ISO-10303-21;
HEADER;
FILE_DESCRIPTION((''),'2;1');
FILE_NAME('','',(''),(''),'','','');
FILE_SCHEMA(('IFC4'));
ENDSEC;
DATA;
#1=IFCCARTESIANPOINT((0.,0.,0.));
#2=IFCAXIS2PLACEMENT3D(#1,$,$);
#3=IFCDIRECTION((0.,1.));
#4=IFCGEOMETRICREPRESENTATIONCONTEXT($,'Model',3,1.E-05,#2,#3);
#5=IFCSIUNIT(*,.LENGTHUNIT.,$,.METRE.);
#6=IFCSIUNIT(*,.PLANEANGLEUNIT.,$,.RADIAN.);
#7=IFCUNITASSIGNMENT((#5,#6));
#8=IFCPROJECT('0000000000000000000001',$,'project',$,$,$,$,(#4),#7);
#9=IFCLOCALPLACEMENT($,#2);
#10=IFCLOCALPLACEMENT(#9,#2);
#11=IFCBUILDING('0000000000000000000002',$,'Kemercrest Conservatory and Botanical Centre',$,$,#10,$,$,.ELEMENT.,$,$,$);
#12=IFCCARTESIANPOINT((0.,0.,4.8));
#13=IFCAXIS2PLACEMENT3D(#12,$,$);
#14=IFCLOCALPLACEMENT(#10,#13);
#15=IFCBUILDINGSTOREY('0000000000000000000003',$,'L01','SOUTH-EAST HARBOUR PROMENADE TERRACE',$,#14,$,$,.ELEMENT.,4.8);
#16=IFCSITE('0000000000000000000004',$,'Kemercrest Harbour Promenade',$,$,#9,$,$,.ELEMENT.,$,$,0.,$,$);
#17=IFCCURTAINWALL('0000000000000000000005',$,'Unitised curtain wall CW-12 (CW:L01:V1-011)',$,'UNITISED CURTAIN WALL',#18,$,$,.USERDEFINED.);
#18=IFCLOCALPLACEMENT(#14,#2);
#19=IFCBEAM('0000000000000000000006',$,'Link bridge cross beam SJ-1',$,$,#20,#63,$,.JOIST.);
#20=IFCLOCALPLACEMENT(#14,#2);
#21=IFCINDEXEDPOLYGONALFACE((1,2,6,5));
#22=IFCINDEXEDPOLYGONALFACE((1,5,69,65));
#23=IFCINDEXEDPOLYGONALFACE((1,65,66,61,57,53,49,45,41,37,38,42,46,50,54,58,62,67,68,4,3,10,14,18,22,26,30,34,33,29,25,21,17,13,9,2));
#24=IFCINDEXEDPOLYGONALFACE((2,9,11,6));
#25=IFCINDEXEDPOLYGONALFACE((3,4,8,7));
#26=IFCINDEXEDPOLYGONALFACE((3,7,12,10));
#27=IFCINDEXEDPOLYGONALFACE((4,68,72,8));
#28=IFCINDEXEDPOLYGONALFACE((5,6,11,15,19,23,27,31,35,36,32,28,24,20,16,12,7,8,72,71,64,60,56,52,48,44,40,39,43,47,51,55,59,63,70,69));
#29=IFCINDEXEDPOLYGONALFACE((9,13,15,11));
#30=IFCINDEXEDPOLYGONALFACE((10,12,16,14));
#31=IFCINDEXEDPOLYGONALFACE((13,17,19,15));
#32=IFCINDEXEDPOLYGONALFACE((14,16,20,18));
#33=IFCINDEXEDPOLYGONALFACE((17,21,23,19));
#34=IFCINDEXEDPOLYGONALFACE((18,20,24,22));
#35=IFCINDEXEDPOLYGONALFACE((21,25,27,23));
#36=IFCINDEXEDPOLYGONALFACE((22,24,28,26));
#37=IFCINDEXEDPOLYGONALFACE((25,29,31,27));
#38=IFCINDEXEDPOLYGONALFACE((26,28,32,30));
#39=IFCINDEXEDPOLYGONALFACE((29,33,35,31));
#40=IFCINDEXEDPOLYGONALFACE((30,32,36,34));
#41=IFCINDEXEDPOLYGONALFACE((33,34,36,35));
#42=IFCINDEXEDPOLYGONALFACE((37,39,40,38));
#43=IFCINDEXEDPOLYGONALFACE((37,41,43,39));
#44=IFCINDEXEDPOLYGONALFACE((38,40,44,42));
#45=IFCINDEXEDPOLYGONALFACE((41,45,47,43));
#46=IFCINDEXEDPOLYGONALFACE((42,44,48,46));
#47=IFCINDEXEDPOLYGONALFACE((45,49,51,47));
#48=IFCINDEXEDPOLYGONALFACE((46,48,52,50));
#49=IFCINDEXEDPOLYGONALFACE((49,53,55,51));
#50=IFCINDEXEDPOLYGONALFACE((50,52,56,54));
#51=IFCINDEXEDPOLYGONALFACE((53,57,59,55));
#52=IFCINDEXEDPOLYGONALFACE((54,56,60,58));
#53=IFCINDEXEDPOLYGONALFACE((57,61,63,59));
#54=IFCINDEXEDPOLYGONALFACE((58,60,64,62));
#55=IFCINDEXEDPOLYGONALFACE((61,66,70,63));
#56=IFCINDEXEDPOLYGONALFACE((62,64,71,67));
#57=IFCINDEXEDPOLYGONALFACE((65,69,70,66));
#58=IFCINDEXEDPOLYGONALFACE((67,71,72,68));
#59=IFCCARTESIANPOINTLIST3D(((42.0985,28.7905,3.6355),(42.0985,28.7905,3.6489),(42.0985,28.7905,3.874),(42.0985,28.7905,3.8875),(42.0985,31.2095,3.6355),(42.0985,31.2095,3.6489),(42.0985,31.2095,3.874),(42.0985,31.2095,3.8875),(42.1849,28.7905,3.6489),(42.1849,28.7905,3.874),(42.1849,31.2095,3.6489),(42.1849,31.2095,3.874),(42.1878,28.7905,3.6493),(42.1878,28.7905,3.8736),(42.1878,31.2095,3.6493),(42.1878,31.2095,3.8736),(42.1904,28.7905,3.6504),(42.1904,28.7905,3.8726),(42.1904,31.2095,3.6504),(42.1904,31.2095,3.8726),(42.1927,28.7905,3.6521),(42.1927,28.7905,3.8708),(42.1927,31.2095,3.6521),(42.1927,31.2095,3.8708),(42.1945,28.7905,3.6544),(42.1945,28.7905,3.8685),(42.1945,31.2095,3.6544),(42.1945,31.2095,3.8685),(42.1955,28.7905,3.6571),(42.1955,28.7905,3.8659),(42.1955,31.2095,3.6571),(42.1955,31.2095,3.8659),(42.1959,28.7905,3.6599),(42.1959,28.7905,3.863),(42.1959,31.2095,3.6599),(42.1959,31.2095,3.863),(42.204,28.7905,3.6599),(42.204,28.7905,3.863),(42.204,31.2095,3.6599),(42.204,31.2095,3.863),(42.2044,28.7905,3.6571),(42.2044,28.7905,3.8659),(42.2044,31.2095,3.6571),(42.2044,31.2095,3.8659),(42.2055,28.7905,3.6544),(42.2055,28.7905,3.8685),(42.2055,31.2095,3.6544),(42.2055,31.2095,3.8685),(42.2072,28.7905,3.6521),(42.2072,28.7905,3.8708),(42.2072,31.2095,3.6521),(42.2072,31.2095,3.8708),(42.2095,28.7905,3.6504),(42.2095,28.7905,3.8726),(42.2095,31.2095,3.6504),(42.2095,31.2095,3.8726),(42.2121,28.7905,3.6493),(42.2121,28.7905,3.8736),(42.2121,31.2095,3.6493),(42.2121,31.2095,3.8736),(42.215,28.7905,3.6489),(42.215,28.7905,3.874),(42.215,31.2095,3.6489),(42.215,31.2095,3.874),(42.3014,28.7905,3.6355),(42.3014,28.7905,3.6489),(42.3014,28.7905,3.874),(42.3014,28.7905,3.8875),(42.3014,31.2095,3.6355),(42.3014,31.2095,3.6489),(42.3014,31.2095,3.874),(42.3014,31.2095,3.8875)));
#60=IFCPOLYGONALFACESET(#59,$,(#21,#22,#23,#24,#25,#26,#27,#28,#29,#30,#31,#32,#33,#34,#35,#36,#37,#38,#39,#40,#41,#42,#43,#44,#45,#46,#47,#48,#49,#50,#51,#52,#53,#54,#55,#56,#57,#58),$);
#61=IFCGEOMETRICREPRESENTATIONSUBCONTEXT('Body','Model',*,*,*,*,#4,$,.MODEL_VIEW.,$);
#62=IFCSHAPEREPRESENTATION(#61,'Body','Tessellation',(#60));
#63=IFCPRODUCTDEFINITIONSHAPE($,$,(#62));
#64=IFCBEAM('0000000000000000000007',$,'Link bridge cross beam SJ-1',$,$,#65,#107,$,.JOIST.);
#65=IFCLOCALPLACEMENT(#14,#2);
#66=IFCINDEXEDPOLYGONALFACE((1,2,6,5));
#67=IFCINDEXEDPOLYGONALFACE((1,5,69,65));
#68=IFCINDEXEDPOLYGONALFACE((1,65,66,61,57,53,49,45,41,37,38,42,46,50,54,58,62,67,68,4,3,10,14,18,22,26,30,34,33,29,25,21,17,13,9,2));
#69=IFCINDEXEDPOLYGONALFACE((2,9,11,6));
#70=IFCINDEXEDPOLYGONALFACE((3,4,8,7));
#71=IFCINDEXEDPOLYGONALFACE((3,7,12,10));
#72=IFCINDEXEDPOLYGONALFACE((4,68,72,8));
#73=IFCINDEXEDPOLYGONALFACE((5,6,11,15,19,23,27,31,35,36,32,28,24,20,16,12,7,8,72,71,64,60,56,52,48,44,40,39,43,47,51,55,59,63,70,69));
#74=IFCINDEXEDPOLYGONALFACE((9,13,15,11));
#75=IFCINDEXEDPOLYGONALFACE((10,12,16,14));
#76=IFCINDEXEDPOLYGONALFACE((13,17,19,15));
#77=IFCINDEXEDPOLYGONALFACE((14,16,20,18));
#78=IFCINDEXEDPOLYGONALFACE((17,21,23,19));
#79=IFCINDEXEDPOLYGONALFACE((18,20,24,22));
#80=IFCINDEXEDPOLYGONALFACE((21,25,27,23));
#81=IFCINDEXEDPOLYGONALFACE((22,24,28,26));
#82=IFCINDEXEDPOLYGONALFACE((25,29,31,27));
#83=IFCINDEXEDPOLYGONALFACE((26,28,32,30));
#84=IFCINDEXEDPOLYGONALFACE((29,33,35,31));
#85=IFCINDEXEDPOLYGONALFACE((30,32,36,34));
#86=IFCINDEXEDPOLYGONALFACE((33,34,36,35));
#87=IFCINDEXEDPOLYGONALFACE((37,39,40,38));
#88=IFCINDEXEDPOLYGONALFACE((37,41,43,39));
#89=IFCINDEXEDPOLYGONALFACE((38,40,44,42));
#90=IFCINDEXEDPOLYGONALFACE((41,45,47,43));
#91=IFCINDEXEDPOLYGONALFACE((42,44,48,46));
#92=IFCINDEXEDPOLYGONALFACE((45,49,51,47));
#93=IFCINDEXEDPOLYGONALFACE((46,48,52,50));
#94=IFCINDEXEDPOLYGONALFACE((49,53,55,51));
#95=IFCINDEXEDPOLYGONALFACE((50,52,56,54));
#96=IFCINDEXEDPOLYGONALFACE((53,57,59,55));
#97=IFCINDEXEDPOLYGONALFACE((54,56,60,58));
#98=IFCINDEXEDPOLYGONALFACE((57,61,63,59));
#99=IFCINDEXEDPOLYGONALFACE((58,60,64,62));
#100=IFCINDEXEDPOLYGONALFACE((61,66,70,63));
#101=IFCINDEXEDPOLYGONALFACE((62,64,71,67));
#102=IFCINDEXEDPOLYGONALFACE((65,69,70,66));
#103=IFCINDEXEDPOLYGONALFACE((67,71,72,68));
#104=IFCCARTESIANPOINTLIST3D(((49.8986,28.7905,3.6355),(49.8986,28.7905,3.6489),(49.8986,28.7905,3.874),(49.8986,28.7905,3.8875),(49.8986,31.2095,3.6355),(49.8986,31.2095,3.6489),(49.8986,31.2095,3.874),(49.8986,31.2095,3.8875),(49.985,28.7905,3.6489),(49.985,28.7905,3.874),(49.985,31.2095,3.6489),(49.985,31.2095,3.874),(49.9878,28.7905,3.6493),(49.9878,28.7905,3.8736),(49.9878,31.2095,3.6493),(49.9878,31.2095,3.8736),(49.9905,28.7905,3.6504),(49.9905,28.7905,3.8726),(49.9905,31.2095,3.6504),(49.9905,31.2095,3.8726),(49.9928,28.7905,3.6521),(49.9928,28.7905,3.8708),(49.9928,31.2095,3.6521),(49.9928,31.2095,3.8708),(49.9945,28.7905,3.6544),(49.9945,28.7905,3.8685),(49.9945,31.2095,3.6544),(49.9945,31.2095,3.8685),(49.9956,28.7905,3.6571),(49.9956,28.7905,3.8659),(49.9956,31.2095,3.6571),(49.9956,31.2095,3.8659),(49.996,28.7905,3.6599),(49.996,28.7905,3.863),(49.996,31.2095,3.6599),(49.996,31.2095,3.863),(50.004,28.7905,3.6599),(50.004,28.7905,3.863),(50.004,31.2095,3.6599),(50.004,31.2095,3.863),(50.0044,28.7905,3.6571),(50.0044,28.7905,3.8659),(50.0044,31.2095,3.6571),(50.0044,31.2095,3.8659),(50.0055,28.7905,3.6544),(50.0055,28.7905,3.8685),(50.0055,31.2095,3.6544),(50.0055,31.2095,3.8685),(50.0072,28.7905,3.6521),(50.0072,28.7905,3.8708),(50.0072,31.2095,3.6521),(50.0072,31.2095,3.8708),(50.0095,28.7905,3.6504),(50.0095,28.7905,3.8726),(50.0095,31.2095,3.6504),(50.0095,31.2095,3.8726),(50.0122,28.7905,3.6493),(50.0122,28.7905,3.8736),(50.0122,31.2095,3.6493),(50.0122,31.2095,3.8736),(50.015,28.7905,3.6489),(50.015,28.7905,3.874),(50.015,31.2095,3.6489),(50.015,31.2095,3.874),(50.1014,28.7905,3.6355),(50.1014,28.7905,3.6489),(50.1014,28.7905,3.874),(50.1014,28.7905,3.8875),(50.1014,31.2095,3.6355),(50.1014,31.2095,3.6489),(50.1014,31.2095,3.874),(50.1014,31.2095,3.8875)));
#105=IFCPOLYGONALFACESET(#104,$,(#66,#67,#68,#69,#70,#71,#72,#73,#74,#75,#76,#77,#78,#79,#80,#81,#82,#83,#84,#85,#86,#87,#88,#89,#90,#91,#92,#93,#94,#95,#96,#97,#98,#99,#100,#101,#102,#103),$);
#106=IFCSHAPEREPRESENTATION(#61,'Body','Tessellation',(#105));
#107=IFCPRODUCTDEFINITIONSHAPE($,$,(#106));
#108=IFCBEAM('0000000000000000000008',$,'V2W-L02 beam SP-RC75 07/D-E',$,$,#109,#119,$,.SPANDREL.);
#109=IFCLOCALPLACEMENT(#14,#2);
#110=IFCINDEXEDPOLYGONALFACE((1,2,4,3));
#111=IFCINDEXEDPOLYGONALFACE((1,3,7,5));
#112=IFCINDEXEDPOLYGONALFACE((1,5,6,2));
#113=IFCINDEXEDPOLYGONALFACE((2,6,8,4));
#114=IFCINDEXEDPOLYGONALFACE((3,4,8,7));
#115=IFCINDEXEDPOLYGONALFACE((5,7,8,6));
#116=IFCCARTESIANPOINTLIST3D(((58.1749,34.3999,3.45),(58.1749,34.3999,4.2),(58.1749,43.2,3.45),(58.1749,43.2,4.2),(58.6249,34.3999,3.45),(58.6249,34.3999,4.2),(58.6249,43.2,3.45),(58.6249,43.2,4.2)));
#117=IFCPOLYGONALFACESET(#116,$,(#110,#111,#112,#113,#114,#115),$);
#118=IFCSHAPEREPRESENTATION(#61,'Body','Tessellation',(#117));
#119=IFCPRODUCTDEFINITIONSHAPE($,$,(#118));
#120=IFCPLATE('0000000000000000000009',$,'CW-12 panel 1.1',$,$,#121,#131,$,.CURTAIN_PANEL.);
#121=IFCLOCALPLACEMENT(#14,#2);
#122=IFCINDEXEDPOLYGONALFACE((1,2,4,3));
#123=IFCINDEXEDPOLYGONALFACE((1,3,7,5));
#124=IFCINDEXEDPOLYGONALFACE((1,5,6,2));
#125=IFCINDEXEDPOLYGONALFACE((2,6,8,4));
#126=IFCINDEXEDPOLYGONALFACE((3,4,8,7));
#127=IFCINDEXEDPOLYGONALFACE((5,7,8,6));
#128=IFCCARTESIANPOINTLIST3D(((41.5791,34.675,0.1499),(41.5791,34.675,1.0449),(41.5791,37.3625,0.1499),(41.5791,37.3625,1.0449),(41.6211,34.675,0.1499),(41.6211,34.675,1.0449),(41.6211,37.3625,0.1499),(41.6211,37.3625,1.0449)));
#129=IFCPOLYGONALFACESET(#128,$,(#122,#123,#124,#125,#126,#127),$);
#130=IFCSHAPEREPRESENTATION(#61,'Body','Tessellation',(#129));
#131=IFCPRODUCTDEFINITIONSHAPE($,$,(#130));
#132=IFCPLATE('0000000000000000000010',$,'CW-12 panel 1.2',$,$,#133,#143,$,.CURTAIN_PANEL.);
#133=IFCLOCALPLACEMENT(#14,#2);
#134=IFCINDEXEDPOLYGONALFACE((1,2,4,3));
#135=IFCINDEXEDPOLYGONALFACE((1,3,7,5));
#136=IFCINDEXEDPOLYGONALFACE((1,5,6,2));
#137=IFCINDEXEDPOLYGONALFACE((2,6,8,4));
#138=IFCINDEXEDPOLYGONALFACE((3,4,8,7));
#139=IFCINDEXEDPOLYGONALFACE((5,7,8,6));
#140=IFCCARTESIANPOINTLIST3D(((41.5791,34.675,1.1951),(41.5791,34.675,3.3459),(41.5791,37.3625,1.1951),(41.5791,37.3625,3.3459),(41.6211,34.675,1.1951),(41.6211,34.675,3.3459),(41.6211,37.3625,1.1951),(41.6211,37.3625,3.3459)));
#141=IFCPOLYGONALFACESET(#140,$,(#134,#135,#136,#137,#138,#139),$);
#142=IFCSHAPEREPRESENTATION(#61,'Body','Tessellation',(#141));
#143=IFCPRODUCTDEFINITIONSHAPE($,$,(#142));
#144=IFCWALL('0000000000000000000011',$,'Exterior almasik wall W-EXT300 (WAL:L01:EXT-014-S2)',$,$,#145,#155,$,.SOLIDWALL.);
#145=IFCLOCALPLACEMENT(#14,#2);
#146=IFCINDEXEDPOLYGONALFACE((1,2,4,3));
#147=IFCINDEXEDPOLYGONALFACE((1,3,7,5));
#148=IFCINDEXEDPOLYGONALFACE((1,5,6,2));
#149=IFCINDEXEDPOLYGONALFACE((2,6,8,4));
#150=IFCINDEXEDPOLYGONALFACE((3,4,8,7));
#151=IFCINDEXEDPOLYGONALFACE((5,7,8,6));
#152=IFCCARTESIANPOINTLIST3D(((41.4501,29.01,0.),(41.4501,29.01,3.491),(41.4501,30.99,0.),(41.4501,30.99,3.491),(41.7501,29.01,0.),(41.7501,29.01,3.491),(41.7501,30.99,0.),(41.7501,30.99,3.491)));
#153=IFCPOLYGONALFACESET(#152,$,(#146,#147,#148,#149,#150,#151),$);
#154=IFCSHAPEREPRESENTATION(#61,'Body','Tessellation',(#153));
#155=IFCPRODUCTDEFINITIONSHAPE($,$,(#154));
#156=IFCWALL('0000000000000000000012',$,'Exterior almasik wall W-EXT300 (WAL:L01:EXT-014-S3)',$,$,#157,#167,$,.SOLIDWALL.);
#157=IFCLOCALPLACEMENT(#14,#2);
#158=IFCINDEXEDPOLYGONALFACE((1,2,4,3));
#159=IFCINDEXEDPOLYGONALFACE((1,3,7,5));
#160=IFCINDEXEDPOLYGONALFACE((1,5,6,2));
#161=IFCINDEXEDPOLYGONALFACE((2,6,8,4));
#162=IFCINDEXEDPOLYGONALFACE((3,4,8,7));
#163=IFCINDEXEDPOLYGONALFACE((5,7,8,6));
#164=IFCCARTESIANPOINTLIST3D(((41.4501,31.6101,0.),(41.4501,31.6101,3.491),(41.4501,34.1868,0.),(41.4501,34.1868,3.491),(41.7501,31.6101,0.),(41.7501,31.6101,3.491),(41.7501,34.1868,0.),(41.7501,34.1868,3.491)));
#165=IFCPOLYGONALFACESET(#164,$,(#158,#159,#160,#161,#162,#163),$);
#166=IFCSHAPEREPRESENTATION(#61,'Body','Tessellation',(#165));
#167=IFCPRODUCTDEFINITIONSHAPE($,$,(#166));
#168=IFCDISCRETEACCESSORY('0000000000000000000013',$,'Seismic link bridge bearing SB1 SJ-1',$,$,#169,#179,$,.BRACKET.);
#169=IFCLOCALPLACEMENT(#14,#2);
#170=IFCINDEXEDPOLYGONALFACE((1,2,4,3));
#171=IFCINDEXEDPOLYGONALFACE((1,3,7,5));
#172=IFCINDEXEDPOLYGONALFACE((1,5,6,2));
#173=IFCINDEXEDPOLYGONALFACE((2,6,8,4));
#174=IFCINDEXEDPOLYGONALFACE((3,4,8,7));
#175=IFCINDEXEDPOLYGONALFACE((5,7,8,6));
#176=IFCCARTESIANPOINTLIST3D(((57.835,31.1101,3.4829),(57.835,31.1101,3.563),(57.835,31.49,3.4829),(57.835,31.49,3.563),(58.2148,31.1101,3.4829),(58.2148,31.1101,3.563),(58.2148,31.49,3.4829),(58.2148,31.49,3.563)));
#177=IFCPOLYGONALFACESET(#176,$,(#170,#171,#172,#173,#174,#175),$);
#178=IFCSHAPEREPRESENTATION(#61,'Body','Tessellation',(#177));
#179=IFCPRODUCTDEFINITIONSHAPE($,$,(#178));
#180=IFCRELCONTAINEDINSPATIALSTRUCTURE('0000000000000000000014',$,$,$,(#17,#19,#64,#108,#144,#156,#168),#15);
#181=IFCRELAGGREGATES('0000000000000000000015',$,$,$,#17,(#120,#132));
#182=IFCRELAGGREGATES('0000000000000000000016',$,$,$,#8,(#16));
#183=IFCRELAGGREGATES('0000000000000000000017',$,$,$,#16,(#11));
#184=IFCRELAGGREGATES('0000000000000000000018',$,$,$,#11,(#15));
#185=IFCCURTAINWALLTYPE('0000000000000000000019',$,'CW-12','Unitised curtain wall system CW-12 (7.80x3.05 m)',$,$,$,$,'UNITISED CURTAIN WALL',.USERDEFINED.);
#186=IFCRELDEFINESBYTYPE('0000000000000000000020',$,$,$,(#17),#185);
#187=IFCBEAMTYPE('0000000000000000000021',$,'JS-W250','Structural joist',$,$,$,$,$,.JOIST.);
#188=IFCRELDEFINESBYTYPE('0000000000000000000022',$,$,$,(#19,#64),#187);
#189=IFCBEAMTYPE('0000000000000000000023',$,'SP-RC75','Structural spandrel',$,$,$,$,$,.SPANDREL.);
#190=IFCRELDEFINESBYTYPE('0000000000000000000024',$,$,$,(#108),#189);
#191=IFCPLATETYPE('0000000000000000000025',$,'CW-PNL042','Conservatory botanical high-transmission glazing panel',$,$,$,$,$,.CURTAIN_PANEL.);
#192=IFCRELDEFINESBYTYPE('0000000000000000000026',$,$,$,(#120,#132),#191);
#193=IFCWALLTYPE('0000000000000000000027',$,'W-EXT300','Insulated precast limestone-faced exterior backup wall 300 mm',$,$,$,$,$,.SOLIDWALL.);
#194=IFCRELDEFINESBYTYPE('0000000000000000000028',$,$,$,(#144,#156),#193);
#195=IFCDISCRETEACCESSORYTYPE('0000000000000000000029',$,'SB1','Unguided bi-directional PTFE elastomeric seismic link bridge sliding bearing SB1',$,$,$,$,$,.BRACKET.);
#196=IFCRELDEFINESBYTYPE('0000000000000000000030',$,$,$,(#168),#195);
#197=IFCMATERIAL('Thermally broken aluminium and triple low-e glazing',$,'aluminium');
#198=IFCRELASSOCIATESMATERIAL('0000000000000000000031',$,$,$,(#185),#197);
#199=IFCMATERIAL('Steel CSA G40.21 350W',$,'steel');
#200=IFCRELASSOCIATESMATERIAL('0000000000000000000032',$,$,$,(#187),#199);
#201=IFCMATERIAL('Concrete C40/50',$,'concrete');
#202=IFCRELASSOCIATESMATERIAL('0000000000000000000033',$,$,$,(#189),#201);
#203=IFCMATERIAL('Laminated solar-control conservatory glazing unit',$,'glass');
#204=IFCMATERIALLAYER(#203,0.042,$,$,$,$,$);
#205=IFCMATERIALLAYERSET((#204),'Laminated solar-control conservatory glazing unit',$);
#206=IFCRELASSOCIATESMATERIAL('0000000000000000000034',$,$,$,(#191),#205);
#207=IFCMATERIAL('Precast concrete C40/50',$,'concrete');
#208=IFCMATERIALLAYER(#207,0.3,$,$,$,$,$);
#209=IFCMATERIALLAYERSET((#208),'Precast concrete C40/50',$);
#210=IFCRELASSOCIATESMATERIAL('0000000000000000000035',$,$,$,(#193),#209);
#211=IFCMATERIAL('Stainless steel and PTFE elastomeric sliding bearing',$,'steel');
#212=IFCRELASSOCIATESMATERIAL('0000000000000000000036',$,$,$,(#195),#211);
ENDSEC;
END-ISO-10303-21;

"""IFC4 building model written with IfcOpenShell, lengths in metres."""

from ifc_helpers import new_model, si_unit, direction, frame, frame_2d, origin, origin_2d, place, context, subcontext, project, spatial, rectangle, i_section, extrude, material, layer, layer_set, material_profile, profile_set, type_object, element, aggregate, save


model = new_model("IFC4")

# Units and contexts
model_context = context("Model", 3, precision=1e-05, world=origin(), true_north=direction((0.0, 1.0)))
body_context = subcontext(model_context, "Body", "Model", "MODEL_VIEW")
ifc_project = project(units=[si_unit("LENGTHUNIT", "METRE"), si_unit("PLANEANGLEUNIT", "RADIAN")], contexts=[model_context])

# Site, building, storey
site_placement = place(None, origin())
site = spatial("IfcSite", under=ifc_project, at=site_placement, Name="Kemercrest Harbour Promenade", CompositionType="ELEMENT", RefElevation=0.0)
building_placement = place(site_placement, origin())
building = spatial("IfcBuilding", under=site, at=building_placement, Name="Kemercrest Conservatory and Botanical Centre", CompositionType="ELEMENT")
storey_placement = place(building_placement, frame((0.0, 0.0, 4.8)))
storey = spatial("IfcBuildingStorey", under=building, at=storey_placement, Name="L01", Description="SOUTH-EAST HARBOUR PROMENADE TERRACE", CompositionType="ELEMENT", Elevation=4.8)

# Shared definitions
ifc_material_1 = material(Name="Concrete C40/50", Category="concrete")
ifc_material_2 = material(Name="Steel CSA G40.21 350W", Category="steel")

# Curtain wall
ifc_material_3 = material(Name="Thermally broken aluminium and triple low-e glazing", Category="aluminium")
curtain_wall_type = type_object("IfcCurtainWallType", Name="CW-12", Description="Unitised curtain wall system CW-12 (7.80x3.05 m)", ElementType="UNITISED CURTAIN WALL", PredefinedType="USERDEFINED", material=ifc_material_3)
curtain_wall_placement = place(storey_placement, origin())
curtain_wall = element("IfcCurtainWall", 1, at=curtain_wall_placement, inside=storey, type_object=curtain_wall_type, Name="Unitised curtain wall CW-12 (CW:L01:V1-011)", ObjectType="UNITISED CURTAIN WALL", PredefinedType="USERDEFINED")

# Beams
ifc_material_profile_1 = material_profile(ifc_material_2, i_section(OverallWidth=0.2029, OverallDepth=0.252, WebThickness=0.0081, FlangeThickness=0.0134, FilletRadius=0.011, at=origin_2d()), Name="W250X58")
ifc_profile_set_1 = profile_set([ifc_material_profile_1], Name="Steel CSA G40.21 350W")
beam_type_1 = type_object("IfcBeamType", Name="JS-W250", Description="Structural joist", PredefinedType="JOIST", material=ifc_profile_set_1)
for number, where, z_axis, x_axis, name in (
    (2, (42.2, 28.7905, 3.7615), (0.0, 1.0, 0.0), (-1.0, 0.0, 0.0), "Link bridge cross beam SJ-1"),
    (3, (50.0, 28.7905, 3.7615), (0.0, 1.0, 0.0), (-1.0, 0.0, 0.0), "Link bridge cross beam SJ-1"),
):
    element("IfcBeam", number, at=place(storey_placement, frame(where, z_axis=z_axis, x_axis=x_axis)), inside=storey, type_object=beam_type_1, Name=name, PredefinedType="JOIST", context=body_context, shape_type="SweptSolid", body=[
        extrude(i_section(OverallWidth=0.2029, OverallDepth=0.252, WebThickness=0.0081, FlangeThickness=0.0134, FilletRadius=0.011, at=origin_2d()), origin(), (0.0, 0.0, 1.0), 2.4189),
    ])
ifc_material_profile_2 = material_profile(ifc_material_1, rectangle(XDim=0.45, YDim=0.75, at=origin_2d()), Name="RC 450x750")
ifc_profile_set_2 = profile_set([ifc_material_profile_2], Name="Concrete C40/50")
beam_type_2 = type_object("IfcBeamType", Name="SP-RC75", Description="Structural spandrel", PredefinedType="SPANDREL", material=ifc_profile_set_2)
beam_1_placement = place(storey_placement, frame((58.3999, 34.3999, 3.825), z_axis=(0.0, 1.0, 0.0), x_axis=(-1.0, 0.0, 0.0)))
element("IfcBeam", 4, at=beam_1_placement, inside=storey, type_object=beam_type_2, Name="V2W-L02 beam SP-RC75 07/D-E", PredefinedType="SPANDREL", context=body_context, shape_type="SweptSolid", body=[
    extrude(rectangle(XDim=0.45, YDim=0.75, at=origin_2d()), origin(), (0.0, 0.0, 1.0), 8.8),
])

# Plates
ifc_material_4 = material(Name="Laminated solar-control conservatory glazing unit", Category="glass")
ifc_layer_1 = layer(ifc_material_4, 0.042)
ifc_layer_set_1 = layer_set([ifc_layer_1], Name="Laminated solar-control conservatory glazing unit")
plate_type = type_object("IfcPlateType", Name="CW-PNL042", Description="Conservatory botanical high-transmission glazing panel", PredefinedType="CURTAIN_PANEL", material=ifc_layer_set_1)
plate_1_placement = place(storey_placement, frame((41.6001, 36.0188, 0.1499), z_axis=(0.0, 0.0, 1.0), x_axis=(0.0, 1.0, 0.0)))
plate_1 = element("IfcPlate", 5, at=plate_1_placement, type_object=plate_type, Name="CW-12 panel 1.1", PredefinedType="CURTAIN_PANEL", context=body_context, shape_type="SweptSolid", body=[
    extrude(rectangle(XDim=2.6875, YDim=0.042, at=origin_2d()), origin(), (0.0, 0.0, 1.0), 0.895),
])
plate_2_placement = place(storey_placement, frame((41.6001, 36.0188, 1.1951), z_axis=(0.0, 0.0, 1.0), x_axis=(0.0, 1.0, 0.0)))
plate_2 = element("IfcPlate", 6, at=plate_2_placement, type_object=plate_type, Name="CW-12 panel 1.2", PredefinedType="CURTAIN_PANEL", context=body_context, shape_type="SweptSolid", body=[
    extrude(rectangle(XDim=2.6875, YDim=0.042, at=origin_2d()), origin(), (0.0, 0.0, 1.0), 2.1509),
])
aggregate(curtain_wall, [plate_1, plate_2])

# Walls
ifc_material_5 = material(Name="Precast concrete C40/50", Category="concrete")
ifc_layer_2 = layer(ifc_material_5, 0.3)
ifc_layer_set_2 = layer_set([ifc_layer_2], Name="Precast concrete C40/50")
wall_type = type_object("IfcWallType", Name="W-EXT300", Description="Insulated precast limestone-faced exterior backup wall 300 mm", PredefinedType="SOLIDWALL", material=ifc_layer_set_2)
wall_1_placement = place(storey_placement, frame((41.6001, 29.01, 0.0), z_axis=(0.0, 0.0, 1.0), x_axis=(0.0, 1.0, 0.0)))
element("IfcWall", 7, at=wall_1_placement, inside=storey, type_object=wall_type, Name="Exterior almasik wall W-EXT300 (WAL:L01:EXT-014-S2)", PredefinedType="SOLIDWALL", context=body_context, shape_type="SweptSolid", body=[
    extrude(rectangle(XDim=1.98, YDim=0.3, at=frame_2d((0.99, 0.0))), origin(), (0.0, 0.0, 1.0), 3.491),
])
wall_2_placement = place(storey_placement, frame((41.6001, 31.6101, 0.0), z_axis=(0.0, 0.0, 1.0), x_axis=(0.0, 1.0, 0.0)))
element("IfcWall", 8, at=wall_2_placement, inside=storey, type_object=wall_type, Name="Exterior almasik wall W-EXT300 (WAL:L01:EXT-014-S3)", PredefinedType="SOLIDWALL", context=body_context, shape_type="SweptSolid", body=[
    extrude(rectangle(XDim=2.5767, YDim=0.3, at=frame_2d((1.2883, 0.0))), origin(), (0.0, 0.0, 1.0), 3.491),
])

# Discrete accessory
ifc_material_6 = material(Name="Stainless steel and PTFE elastomeric sliding bearing", Category="steel")
discrete_accessory_type = type_object("IfcDiscreteAccessoryType", Name="SB1", Description="Unguided bi-directional PTFE elastomeric seismic link bridge sliding bearing SB1", PredefinedType="BRACKET", material=ifc_material_6)
discrete_accessory_placement = place(storey_placement, frame((58.0249, 31.3, 3.4829), z_axis=(0.0, 0.0, 1.0), x_axis=(1.0, 0.0, 0.0)))
element("IfcDiscreteAccessory", 9, at=discrete_accessory_placement, inside=storey, type_object=discrete_accessory_type, Name="Seismic link bridge bearing SB1 SJ-1", PredefinedType="BRACKET", context=body_context, shape_type="SweptSolid", body=[
    extrude(rectangle(XDim=0.3799, YDim=0.3799, at=origin_2d()), origin(), (0.0, 0.0, 1.0), 0.0801),
])

save(model, "model.ifc")
